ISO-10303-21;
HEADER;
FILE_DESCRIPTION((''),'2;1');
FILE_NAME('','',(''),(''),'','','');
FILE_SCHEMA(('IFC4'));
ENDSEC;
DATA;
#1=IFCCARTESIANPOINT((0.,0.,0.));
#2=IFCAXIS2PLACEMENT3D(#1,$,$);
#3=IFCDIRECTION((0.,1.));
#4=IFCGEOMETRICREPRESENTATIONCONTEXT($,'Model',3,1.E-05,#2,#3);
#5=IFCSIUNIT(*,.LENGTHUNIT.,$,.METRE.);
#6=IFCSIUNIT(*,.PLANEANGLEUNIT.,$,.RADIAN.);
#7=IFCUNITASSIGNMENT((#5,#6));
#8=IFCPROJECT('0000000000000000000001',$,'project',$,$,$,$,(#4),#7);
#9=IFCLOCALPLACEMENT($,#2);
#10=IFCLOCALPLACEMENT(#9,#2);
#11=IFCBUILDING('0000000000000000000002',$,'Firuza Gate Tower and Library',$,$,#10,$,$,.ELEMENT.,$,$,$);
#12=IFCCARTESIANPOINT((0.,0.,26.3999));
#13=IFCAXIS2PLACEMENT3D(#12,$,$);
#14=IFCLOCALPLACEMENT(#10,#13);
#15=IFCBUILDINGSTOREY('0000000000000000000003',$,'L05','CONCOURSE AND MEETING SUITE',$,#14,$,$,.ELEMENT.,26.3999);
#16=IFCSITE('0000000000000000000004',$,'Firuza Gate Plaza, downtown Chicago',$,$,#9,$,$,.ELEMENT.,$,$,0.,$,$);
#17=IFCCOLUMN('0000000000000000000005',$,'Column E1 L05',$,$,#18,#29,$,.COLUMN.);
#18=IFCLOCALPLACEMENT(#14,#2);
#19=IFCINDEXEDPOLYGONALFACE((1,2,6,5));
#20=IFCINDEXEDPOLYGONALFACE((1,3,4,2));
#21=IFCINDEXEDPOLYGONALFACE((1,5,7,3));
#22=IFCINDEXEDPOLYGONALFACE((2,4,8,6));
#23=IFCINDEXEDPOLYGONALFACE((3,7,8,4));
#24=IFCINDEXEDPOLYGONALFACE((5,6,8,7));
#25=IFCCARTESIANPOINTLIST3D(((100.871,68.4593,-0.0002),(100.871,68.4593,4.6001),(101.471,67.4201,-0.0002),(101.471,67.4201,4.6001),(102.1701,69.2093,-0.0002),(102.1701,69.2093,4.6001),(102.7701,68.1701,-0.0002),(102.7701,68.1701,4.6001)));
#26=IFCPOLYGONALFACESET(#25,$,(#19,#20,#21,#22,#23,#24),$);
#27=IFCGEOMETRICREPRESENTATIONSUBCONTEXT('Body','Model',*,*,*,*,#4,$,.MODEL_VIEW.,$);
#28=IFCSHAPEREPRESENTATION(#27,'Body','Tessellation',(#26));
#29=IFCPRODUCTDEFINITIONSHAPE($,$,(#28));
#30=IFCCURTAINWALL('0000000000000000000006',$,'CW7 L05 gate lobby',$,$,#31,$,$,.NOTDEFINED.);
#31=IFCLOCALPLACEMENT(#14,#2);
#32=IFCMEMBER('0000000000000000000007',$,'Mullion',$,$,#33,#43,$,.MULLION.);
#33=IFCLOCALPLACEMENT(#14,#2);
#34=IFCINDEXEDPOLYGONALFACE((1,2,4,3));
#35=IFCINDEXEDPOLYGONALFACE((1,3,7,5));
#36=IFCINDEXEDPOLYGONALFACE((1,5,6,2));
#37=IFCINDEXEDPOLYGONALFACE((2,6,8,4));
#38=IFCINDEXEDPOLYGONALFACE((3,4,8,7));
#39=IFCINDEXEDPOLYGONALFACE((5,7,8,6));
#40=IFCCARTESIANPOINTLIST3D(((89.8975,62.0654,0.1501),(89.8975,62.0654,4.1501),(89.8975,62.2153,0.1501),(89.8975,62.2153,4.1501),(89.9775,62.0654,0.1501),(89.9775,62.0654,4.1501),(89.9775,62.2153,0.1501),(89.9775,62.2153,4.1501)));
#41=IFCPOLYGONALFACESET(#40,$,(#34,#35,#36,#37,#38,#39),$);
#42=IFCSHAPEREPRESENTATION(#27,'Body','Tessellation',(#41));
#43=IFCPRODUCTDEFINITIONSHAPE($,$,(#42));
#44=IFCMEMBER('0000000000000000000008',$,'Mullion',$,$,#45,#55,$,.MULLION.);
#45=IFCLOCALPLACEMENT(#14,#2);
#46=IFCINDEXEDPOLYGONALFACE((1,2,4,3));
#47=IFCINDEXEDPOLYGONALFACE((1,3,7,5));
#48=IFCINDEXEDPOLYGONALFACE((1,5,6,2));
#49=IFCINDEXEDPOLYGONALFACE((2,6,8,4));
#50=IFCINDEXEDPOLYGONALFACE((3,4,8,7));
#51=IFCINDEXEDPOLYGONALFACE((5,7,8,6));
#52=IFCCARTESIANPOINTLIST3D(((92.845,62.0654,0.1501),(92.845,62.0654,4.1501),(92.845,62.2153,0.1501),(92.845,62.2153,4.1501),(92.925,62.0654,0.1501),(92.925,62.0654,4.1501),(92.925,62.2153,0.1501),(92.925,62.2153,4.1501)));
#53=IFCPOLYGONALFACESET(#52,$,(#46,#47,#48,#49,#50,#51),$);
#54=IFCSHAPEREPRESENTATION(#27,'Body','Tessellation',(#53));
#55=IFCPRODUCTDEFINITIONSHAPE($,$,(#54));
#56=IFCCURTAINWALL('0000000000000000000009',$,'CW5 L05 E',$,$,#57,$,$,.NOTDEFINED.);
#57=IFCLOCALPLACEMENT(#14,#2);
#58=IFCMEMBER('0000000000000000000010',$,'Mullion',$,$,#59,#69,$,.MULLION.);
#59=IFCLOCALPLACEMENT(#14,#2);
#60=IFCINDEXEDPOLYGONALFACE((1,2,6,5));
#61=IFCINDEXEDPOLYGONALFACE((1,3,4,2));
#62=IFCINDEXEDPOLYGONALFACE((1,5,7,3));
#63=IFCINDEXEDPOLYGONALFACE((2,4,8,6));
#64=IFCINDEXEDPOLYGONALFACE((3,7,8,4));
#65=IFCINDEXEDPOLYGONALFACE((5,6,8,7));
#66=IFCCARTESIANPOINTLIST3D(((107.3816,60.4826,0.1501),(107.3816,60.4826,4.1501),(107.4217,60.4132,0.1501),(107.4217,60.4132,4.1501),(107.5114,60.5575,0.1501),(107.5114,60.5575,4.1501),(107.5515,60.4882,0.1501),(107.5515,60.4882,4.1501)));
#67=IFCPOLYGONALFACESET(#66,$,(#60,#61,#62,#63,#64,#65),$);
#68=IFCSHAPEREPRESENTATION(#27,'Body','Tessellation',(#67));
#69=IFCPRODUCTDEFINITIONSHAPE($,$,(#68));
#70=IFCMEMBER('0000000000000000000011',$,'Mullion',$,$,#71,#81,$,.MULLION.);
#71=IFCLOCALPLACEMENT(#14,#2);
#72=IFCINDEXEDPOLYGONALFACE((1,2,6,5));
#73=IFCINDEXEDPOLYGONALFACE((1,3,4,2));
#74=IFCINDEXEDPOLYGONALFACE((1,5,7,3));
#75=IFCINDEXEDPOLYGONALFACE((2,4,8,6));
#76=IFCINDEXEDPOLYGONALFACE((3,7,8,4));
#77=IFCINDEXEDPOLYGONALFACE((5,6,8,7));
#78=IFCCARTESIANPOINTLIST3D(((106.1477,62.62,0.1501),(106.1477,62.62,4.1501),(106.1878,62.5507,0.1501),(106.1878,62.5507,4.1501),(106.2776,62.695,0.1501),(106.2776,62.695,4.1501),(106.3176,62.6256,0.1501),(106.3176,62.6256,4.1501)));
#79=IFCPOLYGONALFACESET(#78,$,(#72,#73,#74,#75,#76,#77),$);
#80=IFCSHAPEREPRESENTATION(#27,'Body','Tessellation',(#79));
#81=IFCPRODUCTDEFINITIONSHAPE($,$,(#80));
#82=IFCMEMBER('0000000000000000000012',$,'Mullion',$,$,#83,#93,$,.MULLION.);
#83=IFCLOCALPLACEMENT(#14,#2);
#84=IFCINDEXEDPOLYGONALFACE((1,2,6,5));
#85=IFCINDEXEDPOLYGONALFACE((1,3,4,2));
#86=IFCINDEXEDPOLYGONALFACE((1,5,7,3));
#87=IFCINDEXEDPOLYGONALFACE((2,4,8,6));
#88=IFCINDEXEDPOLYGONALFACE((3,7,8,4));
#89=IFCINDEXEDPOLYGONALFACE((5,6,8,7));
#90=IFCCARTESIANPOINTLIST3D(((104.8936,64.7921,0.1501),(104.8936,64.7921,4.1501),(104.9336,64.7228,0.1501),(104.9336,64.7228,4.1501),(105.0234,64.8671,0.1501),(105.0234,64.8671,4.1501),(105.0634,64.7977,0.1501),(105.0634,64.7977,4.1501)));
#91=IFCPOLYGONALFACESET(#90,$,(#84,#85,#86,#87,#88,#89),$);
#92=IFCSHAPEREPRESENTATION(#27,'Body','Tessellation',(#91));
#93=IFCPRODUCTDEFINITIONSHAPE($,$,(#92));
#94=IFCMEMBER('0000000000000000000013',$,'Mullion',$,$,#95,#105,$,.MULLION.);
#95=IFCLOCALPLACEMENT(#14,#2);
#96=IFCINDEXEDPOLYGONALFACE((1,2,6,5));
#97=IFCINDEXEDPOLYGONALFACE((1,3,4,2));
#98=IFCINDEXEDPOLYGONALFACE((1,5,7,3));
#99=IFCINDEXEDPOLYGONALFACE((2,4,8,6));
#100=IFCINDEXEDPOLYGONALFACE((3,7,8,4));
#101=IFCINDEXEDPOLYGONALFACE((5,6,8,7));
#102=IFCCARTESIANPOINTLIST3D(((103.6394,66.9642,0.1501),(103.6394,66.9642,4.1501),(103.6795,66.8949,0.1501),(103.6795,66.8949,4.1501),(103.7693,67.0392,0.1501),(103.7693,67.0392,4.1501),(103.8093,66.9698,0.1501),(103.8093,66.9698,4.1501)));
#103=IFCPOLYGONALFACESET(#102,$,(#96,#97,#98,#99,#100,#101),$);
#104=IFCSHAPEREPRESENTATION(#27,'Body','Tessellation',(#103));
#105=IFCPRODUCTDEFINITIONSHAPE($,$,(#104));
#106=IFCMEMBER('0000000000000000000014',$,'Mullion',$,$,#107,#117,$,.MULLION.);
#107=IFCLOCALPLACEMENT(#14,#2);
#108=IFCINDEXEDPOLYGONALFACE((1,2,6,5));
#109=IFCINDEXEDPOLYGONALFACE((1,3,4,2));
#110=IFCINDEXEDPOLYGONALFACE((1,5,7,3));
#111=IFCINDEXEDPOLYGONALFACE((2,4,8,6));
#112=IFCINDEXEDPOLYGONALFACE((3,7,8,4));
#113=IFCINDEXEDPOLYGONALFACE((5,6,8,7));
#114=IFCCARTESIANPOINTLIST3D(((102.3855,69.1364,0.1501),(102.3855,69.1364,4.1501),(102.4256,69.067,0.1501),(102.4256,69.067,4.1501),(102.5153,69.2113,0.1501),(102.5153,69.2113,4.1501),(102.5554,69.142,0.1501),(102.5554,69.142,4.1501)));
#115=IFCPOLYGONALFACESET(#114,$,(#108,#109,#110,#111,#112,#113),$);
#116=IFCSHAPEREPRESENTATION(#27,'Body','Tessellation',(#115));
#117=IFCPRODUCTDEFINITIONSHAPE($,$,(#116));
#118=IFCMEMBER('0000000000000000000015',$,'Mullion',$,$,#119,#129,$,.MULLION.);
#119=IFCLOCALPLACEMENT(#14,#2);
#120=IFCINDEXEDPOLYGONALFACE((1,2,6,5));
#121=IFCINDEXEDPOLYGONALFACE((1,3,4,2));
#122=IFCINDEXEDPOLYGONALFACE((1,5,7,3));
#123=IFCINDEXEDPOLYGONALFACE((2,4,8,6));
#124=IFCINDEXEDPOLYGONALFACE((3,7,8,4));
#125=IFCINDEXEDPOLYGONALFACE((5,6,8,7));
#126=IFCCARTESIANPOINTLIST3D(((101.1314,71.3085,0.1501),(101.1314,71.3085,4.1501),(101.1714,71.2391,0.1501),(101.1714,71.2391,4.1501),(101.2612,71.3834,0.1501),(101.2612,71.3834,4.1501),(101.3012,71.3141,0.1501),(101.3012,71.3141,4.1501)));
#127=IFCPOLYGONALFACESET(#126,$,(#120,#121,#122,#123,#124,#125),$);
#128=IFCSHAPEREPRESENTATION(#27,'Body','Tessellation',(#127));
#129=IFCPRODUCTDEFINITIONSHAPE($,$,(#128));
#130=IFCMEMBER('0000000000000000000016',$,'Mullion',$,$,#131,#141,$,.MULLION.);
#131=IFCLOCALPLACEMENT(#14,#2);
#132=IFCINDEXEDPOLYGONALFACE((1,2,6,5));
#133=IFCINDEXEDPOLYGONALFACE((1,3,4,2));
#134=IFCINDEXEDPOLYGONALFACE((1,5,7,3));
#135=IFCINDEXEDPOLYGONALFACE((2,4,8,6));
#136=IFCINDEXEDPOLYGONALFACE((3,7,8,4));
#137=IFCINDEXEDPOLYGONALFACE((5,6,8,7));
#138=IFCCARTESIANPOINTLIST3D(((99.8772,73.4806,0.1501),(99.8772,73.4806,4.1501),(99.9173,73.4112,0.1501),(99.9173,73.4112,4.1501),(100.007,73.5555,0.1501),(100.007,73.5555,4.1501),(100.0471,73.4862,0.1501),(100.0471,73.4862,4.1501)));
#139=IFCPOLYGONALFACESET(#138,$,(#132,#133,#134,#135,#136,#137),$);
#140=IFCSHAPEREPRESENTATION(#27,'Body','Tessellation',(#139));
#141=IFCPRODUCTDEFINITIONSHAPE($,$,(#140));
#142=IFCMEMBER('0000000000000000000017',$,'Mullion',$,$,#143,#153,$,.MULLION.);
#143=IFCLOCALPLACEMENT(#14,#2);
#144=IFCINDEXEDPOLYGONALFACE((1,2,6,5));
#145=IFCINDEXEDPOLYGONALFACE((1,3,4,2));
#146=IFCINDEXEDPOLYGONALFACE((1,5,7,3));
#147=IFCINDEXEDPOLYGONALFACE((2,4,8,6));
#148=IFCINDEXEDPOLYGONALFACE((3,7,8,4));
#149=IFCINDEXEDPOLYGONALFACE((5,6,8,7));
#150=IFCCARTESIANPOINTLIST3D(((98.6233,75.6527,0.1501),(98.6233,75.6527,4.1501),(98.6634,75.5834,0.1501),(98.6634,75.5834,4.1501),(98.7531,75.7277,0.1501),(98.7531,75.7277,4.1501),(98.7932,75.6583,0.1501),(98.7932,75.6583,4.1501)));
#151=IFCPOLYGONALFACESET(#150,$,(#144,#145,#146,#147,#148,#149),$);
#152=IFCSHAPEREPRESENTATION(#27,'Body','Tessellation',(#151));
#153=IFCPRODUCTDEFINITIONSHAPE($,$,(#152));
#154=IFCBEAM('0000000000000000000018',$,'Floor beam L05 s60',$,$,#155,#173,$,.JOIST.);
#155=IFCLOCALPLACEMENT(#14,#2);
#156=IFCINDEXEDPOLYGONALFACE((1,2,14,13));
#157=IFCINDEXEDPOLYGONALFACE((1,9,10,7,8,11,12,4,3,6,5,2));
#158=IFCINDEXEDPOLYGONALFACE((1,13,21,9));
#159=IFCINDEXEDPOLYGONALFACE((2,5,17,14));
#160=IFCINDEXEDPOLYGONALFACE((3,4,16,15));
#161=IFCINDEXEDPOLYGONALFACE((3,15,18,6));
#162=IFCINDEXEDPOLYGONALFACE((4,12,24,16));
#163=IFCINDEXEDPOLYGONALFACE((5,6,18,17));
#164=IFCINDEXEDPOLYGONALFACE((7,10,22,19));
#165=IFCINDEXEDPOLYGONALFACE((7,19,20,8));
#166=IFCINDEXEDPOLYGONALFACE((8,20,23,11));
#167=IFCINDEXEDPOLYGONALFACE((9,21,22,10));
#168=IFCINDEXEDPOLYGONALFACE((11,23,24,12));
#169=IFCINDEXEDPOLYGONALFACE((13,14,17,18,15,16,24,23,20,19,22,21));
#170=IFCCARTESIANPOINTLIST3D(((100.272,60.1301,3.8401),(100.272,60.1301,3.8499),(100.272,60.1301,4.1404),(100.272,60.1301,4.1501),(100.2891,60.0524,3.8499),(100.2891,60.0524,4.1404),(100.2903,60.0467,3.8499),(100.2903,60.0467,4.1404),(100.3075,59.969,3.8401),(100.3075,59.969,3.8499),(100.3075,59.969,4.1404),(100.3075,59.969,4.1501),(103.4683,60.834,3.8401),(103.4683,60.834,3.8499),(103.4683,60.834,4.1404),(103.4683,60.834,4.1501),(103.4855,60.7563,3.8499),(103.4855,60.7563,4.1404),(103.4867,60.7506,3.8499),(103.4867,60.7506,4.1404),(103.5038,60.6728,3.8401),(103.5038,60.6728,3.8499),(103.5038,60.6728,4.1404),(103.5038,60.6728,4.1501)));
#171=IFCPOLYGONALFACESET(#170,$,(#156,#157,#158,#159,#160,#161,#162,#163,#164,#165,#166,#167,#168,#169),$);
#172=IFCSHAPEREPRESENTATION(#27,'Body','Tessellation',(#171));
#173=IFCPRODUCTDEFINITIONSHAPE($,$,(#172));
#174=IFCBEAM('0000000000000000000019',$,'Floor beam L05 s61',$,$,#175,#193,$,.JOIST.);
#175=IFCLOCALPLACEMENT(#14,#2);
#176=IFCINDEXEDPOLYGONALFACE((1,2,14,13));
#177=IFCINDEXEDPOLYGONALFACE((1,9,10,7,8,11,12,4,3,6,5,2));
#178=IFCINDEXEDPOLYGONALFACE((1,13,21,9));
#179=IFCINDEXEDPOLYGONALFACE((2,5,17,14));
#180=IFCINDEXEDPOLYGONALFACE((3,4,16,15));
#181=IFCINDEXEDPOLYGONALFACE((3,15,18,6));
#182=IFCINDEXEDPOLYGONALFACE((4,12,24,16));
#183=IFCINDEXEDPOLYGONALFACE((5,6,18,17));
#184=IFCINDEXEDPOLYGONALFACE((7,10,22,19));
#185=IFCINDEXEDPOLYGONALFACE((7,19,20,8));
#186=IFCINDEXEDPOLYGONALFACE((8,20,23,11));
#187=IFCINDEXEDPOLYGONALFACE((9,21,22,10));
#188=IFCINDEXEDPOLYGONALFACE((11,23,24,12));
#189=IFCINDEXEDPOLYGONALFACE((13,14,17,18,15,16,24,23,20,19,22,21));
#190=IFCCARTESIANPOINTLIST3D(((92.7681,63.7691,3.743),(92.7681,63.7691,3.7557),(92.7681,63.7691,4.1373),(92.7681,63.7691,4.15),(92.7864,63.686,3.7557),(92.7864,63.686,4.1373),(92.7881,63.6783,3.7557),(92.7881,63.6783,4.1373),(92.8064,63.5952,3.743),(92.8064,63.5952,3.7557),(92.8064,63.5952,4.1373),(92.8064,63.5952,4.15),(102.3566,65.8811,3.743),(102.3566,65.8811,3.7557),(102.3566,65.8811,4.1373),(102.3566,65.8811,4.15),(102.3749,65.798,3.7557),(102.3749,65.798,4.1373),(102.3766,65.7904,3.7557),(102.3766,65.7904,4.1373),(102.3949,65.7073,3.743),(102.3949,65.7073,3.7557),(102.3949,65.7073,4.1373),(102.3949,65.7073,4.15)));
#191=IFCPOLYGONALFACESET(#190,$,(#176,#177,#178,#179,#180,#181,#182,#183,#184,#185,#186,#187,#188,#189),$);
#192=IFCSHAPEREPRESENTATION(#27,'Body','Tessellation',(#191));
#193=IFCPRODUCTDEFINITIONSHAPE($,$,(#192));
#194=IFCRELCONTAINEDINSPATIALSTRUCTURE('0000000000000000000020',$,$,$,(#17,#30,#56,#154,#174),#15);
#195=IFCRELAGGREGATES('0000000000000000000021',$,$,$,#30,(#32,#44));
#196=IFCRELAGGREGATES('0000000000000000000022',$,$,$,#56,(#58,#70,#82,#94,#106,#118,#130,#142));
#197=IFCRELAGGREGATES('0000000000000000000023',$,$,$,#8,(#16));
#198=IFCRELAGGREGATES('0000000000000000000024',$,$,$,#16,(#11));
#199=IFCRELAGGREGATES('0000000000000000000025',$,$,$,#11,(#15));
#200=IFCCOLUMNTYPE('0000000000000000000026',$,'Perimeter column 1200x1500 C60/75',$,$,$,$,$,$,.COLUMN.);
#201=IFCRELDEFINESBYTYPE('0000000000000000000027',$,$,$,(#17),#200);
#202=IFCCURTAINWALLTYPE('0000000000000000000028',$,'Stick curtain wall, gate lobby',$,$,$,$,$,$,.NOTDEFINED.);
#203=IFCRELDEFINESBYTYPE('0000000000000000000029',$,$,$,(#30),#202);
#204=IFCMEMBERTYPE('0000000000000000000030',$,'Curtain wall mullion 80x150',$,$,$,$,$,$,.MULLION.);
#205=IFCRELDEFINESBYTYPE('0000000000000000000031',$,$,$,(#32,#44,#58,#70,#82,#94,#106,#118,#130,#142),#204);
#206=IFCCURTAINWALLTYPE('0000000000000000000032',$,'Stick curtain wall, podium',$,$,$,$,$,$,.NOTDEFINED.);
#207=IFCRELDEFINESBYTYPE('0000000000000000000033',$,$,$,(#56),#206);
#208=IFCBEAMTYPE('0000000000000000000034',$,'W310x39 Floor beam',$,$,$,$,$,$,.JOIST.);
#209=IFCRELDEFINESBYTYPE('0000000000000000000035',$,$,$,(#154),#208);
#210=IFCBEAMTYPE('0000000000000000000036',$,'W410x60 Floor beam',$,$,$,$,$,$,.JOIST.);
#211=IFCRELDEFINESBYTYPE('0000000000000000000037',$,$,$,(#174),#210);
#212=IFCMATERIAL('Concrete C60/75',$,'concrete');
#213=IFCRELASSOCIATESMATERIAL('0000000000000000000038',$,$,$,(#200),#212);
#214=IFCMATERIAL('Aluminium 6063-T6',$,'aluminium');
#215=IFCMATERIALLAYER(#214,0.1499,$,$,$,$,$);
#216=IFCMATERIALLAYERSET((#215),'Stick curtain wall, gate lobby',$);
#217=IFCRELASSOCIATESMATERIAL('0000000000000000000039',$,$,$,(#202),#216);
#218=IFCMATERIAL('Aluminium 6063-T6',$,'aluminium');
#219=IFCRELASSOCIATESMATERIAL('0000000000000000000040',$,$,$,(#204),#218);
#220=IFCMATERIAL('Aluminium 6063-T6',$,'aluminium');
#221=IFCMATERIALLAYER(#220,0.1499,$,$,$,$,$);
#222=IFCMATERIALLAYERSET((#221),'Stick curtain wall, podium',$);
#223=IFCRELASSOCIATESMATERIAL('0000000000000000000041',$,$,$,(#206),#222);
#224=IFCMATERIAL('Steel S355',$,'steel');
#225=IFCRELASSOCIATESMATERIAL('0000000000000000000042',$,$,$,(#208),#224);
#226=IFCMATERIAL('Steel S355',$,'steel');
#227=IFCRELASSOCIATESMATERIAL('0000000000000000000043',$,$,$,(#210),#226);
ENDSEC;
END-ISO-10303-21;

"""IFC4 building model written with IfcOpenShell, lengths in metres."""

from ifc_helpers import new_model, si_unit, direction, frame, origin, origin_2d, place, context, subcontext, project, spatial, rectangle, i_section, extrude, material, layer, layer_set, material_profile, profile_set, type_object, element, aggregate, save


model = new_model("IFC4")

# Units and contexts
model_context = context("Model", 3, precision=1e-05, world=origin(), true_north=direction((0.0, 1.0)))
body_context = subcontext(model_context, "Body", "Model", "MODEL_VIEW")
ifc_project = project(units=[si_unit("LENGTHUNIT", "METRE"), si_unit("PLANEANGLEUNIT", "RADIAN")], contexts=[model_context])

# Site, building, storey
site_placement = place(None, origin())
site = spatial("IfcSite", under=ifc_project, at=site_placement, Name="Firuza Gate Plaza, downtown Chicago", CompositionType="ELEMENT", RefElevation=0.0)
building_placement = place(site_placement, origin())
building = spatial("IfcBuilding", under=site, at=building_placement, Name="Firuza Gate Tower and Library", CompositionType="ELEMENT")
storey_placement = place(building_placement, frame((0.0, 0.0, 26.3999)))
storey = spatial("IfcBuildingStorey", under=building, at=storey_placement, Name="L05", Description="CONCOURSE AND MEETING SUITE", CompositionType="ELEMENT", Elevation=26.3999)

# Column
ifc_material_1 = material(Name="Concrete C60/75", Category="concrete")
ifc_material_profile_1 = material_profile(ifc_material_1, rectangle(XDim=1.2, YDim=1.5, at=origin_2d()))
ifc_profile_set_1 = profile_set([ifc_material_profile_1], Name="Concrete C60/75")
column_type = type_object("IfcColumnType", Name="Perimeter column 1200x1500 C60/75", PredefinedType="COLUMN", material=ifc_profile_set_1)
column_placement = place(storey_placement, frame((101.8206, 68.3147, -0.0002), z_axis=(0.0, 0.0, 1.0), x_axis=(-0.5, 0.866025, 0.0)))
element("IfcColumn", 1, at=column_placement, inside=storey, type_object=column_type, Name="Column E1 L05", PredefinedType="COLUMN", context=body_context, shape_type="SweptSolid", body=[
    extrude(rectangle(XDim=1.2, YDim=1.5, at=origin_2d()), origin(), (0.0, 0.0, 1.0), 4.6003),
])

# Curtain walls, members
ifc_material_2 = material(Name="Aluminium 6063-T6", Category="aluminium")
ifc_layer_1 = layer(ifc_material_2, 0.1499)
ifc_layer_set_1 = layer_set([ifc_layer_1], Name="Stick curtain wall, gate lobby")
curtain_wall_type_1 = type_object("IfcCurtainWallType", Name="Stick curtain wall, gate lobby", PredefinedType="NOTDEFINED", material=ifc_layer_set_1)
placement = place(storey_placement, origin())
curtain_wall_1 = element("IfcCurtainWall", 2, at=placement, inside=storey, type_object=curtain_wall_type_1, Name="CW7 L05 gate lobby", PredefinedType="NOTDEFINED")
ifc_material_3 = material(Name="Aluminium 6063-T6", Category="aluminium")
ifc_material_profile_2 = material_profile(ifc_material_3, rectangle(XDim=0.1499, YDim=0.0801, at=origin_2d()))
ifc_profile_set_2 = profile_set([ifc_material_profile_2], Name="Aluminium 6063-T6")
member_type = type_object("IfcMemberType", Name="Curtain wall mullion 80x150", PredefinedType="MULLION", material=ifc_profile_set_2)
member_1_placement = place(storey_placement, frame((89.9375, 62.1404, 0.1501), z_axis=(0.0, 0.0, 1.0), x_axis=(0.0, 1.0, 0.0)))
member_1 = element("IfcMember", 3, at=member_1_placement, type_object=member_type, Name="Mullion", PredefinedType="MULLION", context=body_context, shape_type="SweptSolid", body=[
    extrude(rectangle(XDim=0.1499, YDim=0.0801, at=origin_2d()), origin(), (0.0, 0.0, 1.0), 4.0),
])
member_2_placement = place(storey_placement, frame((92.885, 62.1404, 0.1501), z_axis=(0.0, 0.0, 1.0), x_axis=(0.0, 1.0, 0.0)))
member_2 = element("IfcMember", 4, at=member_2_placement, type_object=member_type, Name="Mullion", PredefinedType="MULLION", context=body_context, shape_type="SweptSolid", body=[
    extrude(rectangle(XDim=0.1499, YDim=0.0801, at=origin_2d()), origin(), (0.0, 0.0, 1.0), 4.0),
])
ifc_material_4 = material(Name="Aluminium 6063-T6", Category="aluminium")
ifc_layer_2 = layer(ifc_material_4, 0.1499)
ifc_layer_set_2 = layer_set([ifc_layer_2], Name="Stick curtain wall, podium")
curtain_wall_type_2 = type_object("IfcCurtainWallType", Name="Stick curtain wall, podium", PredefinedType="NOTDEFINED", material=ifc_layer_set_2)
curtain_wall_2 = element("IfcCurtainWall", 5, at=placement, inside=storey, type_object=curtain_wall_type_2, Name="CW5 L05 E", PredefinedType="NOTDEFINED")
member_3_placement = place(storey_placement, frame((107.4666, 60.4854, 0.1501), z_axis=(0.0, 0.0, 1.0), x_axis=(-0.866025, -0.5, 0.0)))
member_3 = element("IfcMember", 6, at=member_3_placement, type_object=member_type, Name="Mullion", PredefinedType="MULLION", context=body_context, shape_type="SweptSolid", body=[
    extrude(rectangle(XDim=0.1499, YDim=0.0801, at=origin_2d()), origin(), (0.0, 0.0, 1.0), 4.0),
])
member_4_placement = place(storey_placement, frame((106.2327, 62.6228, 0.1501), z_axis=(0.0, 0.0, 1.0), x_axis=(-0.866025, -0.5, 0.0)))
member_4 = element("IfcMember", 7, at=member_4_placement, type_object=member_type, Name="Mullion", PredefinedType="MULLION", context=body_context, shape_type="SweptSolid", body=[
    extrude(rectangle(XDim=0.1499, YDim=0.0801, at=origin_2d()), origin(), (0.0, 0.0, 1.0), 4.0),
])
member_5_placement = place(storey_placement, frame((104.9785, 64.7949, 0.1501), z_axis=(0.0, 0.0, 1.0), x_axis=(-0.866025, -0.5, 0.0)))
member_5 = element("IfcMember", 8, at=member_5_placement, type_object=member_type, Name="Mullion", PredefinedType="MULLION", context=body_context, shape_type="SweptSolid", body=[
    extrude(rectangle(XDim=0.1499, YDim=0.0801, at=origin_2d()), origin(), (0.0, 0.0, 1.0), 4.0),
])
member_6_placement = place(storey_placement, frame((103.7244, 66.967, 0.1501), z_axis=(0.0, 0.0, 1.0), x_axis=(-0.866025, -0.5, 0.0)))
member_6 = element("IfcMember", 9, at=member_6_placement, type_object=member_type, Name="Mullion", PredefinedType="MULLION", context=body_context, shape_type="SweptSolid", body=[
    extrude(rectangle(XDim=0.1499, YDim=0.0801, at=origin_2d()), origin(), (0.0, 0.0, 1.0), 4.0),
])
member_7_placement = place(storey_placement, frame((102.4705, 69.1392, 0.1501), z_axis=(0.0, 0.0, 1.0), x_axis=(-0.866025, -0.5, 0.0)))
member_7 = element("IfcMember", 10, at=member_7_placement, type_object=member_type, Name="Mullion", PredefinedType="MULLION", context=body_context, shape_type="SweptSolid", body=[
    extrude(rectangle(XDim=0.1499, YDim=0.0801, at=origin_2d()), origin(), (0.0, 0.0, 1.0), 4.0),
])
member_8_placement = place(storey_placement, frame((101.2163, 71.3113, 0.1501), z_axis=(0.0, 0.0, 1.0), x_axis=(-0.866025, -0.5, 0.0)))
member_8 = element("IfcMember", 11, at=member_8_placement, type_object=member_type, Name="Mullion", PredefinedType="MULLION", context=body_context, shape_type="SweptSolid", body=[
    extrude(rectangle(XDim=0.1499, YDim=0.0801, at=origin_2d()), origin(), (0.0, 0.0, 1.0), 4.0),
])
member_9_placement = place(storey_placement, frame((99.9622, 73.4834, 0.1501), z_axis=(0.0, 0.0, 1.0), x_axis=(-0.866025, -0.5, 0.0)))
member_9 = element("IfcMember", 12, at=member_9_placement, type_object=member_type, Name="Mullion", PredefinedType="MULLION", context=body_context, shape_type="SweptSolid", body=[
    extrude(rectangle(XDim=0.1499, YDim=0.0801, at=origin_2d()), origin(), (0.0, 0.0, 1.0), 4.0),
])
member_10_placement = place(storey_placement, frame((98.7083, 75.6555, 0.1501), z_axis=(0.0, 0.0, 1.0), x_axis=(-0.866025, -0.5, 0.0)))
member_10 = element("IfcMember", 13, at=member_10_placement, type_object=member_type, Name="Mullion", PredefinedType="MULLION", context=body_context, shape_type="SweptSolid", body=[
    extrude(rectangle(XDim=0.1499, YDim=0.0801, at=origin_2d()), origin(), (0.0, 0.0, 1.0), 4.0),
])

# Beams
ifc_material_5 = material(Name="Steel S355", Category="steel")
ifc_material_profile_3 = material_profile(ifc_material_5, i_section(OverallWidth=0.165, OverallDepth=0.3101, WebThickness=0.0059, FlangeThickness=0.0098, at=origin_2d()))
ifc_profile_set_3 = profile_set([ifc_material_profile_3], Name="Steel S355")
beam_type_1 = type_object("IfcBeamType", Name="W310x39 Floor beam", PredefinedType="JOIST", material=ifc_profile_set_3)
beam_1_placement = place(storey_placement, frame((103.4861, 60.7534, 3.9951), z_axis=(-0.976601, -0.215058, 0.0), x_axis=(0.215058, -0.976601, 0.0)))
element("IfcBeam", 14, at=beam_1_placement, inside=storey, type_object=beam_type_1, Name="Floor beam L05 s60", PredefinedType="JOIST", context=body_context, shape_type="SweptSolid", body=[
    extrude(i_section(OverallWidth=0.165, OverallDepth=0.3101, WebThickness=0.0059, FlangeThickness=0.0098, at=origin_2d()), origin(), (0.0, 0.0, 1.0), 3.2729),
])
ifc_material_6 = material(Name="Steel S355", Category="steel")
ifc_material_profile_4 = material_profile(ifc_material_6, i_section(OverallWidth=0.178, OverallDepth=0.407, WebThickness=0.0078, FlangeThickness=0.0127, at=origin_2d()))
ifc_profile_set_4 = profile_set([ifc_material_profile_4], Name="Steel S355")
beam_type_2 = type_object("IfcBeamType", Name="W410x60 Floor beam", PredefinedType="JOIST", material=ifc_profile_set_4)
beam_2_placement = place(storey_placement, frame((102.3757, 65.7942, 3.9465), z_axis=(-0.97659, -0.215111, 0.0), x_axis=(0.215111, -0.97659, 0.0)))
element("IfcBeam", 15, at=beam_2_placement, inside=storey, type_object=beam_type_2, Name="Floor beam L05 s61", PredefinedType="JOIST", context=body_context, shape_type="SweptSolid", body=[
    extrude(i_section(OverallWidth=0.178, OverallDepth=0.407, WebThickness=0.0078, FlangeThickness=0.0127, at=origin_2d()), origin(), (0.0, 0.0, 1.0), 9.8184),
])

aggregate(curtain_wall_1, [member_1, member_2])
aggregate(curtain_wall_2, [member_3, member_4, member_5, member_6, member_7, member_8, member_9, member_10])

save(model, "model.ifc")
